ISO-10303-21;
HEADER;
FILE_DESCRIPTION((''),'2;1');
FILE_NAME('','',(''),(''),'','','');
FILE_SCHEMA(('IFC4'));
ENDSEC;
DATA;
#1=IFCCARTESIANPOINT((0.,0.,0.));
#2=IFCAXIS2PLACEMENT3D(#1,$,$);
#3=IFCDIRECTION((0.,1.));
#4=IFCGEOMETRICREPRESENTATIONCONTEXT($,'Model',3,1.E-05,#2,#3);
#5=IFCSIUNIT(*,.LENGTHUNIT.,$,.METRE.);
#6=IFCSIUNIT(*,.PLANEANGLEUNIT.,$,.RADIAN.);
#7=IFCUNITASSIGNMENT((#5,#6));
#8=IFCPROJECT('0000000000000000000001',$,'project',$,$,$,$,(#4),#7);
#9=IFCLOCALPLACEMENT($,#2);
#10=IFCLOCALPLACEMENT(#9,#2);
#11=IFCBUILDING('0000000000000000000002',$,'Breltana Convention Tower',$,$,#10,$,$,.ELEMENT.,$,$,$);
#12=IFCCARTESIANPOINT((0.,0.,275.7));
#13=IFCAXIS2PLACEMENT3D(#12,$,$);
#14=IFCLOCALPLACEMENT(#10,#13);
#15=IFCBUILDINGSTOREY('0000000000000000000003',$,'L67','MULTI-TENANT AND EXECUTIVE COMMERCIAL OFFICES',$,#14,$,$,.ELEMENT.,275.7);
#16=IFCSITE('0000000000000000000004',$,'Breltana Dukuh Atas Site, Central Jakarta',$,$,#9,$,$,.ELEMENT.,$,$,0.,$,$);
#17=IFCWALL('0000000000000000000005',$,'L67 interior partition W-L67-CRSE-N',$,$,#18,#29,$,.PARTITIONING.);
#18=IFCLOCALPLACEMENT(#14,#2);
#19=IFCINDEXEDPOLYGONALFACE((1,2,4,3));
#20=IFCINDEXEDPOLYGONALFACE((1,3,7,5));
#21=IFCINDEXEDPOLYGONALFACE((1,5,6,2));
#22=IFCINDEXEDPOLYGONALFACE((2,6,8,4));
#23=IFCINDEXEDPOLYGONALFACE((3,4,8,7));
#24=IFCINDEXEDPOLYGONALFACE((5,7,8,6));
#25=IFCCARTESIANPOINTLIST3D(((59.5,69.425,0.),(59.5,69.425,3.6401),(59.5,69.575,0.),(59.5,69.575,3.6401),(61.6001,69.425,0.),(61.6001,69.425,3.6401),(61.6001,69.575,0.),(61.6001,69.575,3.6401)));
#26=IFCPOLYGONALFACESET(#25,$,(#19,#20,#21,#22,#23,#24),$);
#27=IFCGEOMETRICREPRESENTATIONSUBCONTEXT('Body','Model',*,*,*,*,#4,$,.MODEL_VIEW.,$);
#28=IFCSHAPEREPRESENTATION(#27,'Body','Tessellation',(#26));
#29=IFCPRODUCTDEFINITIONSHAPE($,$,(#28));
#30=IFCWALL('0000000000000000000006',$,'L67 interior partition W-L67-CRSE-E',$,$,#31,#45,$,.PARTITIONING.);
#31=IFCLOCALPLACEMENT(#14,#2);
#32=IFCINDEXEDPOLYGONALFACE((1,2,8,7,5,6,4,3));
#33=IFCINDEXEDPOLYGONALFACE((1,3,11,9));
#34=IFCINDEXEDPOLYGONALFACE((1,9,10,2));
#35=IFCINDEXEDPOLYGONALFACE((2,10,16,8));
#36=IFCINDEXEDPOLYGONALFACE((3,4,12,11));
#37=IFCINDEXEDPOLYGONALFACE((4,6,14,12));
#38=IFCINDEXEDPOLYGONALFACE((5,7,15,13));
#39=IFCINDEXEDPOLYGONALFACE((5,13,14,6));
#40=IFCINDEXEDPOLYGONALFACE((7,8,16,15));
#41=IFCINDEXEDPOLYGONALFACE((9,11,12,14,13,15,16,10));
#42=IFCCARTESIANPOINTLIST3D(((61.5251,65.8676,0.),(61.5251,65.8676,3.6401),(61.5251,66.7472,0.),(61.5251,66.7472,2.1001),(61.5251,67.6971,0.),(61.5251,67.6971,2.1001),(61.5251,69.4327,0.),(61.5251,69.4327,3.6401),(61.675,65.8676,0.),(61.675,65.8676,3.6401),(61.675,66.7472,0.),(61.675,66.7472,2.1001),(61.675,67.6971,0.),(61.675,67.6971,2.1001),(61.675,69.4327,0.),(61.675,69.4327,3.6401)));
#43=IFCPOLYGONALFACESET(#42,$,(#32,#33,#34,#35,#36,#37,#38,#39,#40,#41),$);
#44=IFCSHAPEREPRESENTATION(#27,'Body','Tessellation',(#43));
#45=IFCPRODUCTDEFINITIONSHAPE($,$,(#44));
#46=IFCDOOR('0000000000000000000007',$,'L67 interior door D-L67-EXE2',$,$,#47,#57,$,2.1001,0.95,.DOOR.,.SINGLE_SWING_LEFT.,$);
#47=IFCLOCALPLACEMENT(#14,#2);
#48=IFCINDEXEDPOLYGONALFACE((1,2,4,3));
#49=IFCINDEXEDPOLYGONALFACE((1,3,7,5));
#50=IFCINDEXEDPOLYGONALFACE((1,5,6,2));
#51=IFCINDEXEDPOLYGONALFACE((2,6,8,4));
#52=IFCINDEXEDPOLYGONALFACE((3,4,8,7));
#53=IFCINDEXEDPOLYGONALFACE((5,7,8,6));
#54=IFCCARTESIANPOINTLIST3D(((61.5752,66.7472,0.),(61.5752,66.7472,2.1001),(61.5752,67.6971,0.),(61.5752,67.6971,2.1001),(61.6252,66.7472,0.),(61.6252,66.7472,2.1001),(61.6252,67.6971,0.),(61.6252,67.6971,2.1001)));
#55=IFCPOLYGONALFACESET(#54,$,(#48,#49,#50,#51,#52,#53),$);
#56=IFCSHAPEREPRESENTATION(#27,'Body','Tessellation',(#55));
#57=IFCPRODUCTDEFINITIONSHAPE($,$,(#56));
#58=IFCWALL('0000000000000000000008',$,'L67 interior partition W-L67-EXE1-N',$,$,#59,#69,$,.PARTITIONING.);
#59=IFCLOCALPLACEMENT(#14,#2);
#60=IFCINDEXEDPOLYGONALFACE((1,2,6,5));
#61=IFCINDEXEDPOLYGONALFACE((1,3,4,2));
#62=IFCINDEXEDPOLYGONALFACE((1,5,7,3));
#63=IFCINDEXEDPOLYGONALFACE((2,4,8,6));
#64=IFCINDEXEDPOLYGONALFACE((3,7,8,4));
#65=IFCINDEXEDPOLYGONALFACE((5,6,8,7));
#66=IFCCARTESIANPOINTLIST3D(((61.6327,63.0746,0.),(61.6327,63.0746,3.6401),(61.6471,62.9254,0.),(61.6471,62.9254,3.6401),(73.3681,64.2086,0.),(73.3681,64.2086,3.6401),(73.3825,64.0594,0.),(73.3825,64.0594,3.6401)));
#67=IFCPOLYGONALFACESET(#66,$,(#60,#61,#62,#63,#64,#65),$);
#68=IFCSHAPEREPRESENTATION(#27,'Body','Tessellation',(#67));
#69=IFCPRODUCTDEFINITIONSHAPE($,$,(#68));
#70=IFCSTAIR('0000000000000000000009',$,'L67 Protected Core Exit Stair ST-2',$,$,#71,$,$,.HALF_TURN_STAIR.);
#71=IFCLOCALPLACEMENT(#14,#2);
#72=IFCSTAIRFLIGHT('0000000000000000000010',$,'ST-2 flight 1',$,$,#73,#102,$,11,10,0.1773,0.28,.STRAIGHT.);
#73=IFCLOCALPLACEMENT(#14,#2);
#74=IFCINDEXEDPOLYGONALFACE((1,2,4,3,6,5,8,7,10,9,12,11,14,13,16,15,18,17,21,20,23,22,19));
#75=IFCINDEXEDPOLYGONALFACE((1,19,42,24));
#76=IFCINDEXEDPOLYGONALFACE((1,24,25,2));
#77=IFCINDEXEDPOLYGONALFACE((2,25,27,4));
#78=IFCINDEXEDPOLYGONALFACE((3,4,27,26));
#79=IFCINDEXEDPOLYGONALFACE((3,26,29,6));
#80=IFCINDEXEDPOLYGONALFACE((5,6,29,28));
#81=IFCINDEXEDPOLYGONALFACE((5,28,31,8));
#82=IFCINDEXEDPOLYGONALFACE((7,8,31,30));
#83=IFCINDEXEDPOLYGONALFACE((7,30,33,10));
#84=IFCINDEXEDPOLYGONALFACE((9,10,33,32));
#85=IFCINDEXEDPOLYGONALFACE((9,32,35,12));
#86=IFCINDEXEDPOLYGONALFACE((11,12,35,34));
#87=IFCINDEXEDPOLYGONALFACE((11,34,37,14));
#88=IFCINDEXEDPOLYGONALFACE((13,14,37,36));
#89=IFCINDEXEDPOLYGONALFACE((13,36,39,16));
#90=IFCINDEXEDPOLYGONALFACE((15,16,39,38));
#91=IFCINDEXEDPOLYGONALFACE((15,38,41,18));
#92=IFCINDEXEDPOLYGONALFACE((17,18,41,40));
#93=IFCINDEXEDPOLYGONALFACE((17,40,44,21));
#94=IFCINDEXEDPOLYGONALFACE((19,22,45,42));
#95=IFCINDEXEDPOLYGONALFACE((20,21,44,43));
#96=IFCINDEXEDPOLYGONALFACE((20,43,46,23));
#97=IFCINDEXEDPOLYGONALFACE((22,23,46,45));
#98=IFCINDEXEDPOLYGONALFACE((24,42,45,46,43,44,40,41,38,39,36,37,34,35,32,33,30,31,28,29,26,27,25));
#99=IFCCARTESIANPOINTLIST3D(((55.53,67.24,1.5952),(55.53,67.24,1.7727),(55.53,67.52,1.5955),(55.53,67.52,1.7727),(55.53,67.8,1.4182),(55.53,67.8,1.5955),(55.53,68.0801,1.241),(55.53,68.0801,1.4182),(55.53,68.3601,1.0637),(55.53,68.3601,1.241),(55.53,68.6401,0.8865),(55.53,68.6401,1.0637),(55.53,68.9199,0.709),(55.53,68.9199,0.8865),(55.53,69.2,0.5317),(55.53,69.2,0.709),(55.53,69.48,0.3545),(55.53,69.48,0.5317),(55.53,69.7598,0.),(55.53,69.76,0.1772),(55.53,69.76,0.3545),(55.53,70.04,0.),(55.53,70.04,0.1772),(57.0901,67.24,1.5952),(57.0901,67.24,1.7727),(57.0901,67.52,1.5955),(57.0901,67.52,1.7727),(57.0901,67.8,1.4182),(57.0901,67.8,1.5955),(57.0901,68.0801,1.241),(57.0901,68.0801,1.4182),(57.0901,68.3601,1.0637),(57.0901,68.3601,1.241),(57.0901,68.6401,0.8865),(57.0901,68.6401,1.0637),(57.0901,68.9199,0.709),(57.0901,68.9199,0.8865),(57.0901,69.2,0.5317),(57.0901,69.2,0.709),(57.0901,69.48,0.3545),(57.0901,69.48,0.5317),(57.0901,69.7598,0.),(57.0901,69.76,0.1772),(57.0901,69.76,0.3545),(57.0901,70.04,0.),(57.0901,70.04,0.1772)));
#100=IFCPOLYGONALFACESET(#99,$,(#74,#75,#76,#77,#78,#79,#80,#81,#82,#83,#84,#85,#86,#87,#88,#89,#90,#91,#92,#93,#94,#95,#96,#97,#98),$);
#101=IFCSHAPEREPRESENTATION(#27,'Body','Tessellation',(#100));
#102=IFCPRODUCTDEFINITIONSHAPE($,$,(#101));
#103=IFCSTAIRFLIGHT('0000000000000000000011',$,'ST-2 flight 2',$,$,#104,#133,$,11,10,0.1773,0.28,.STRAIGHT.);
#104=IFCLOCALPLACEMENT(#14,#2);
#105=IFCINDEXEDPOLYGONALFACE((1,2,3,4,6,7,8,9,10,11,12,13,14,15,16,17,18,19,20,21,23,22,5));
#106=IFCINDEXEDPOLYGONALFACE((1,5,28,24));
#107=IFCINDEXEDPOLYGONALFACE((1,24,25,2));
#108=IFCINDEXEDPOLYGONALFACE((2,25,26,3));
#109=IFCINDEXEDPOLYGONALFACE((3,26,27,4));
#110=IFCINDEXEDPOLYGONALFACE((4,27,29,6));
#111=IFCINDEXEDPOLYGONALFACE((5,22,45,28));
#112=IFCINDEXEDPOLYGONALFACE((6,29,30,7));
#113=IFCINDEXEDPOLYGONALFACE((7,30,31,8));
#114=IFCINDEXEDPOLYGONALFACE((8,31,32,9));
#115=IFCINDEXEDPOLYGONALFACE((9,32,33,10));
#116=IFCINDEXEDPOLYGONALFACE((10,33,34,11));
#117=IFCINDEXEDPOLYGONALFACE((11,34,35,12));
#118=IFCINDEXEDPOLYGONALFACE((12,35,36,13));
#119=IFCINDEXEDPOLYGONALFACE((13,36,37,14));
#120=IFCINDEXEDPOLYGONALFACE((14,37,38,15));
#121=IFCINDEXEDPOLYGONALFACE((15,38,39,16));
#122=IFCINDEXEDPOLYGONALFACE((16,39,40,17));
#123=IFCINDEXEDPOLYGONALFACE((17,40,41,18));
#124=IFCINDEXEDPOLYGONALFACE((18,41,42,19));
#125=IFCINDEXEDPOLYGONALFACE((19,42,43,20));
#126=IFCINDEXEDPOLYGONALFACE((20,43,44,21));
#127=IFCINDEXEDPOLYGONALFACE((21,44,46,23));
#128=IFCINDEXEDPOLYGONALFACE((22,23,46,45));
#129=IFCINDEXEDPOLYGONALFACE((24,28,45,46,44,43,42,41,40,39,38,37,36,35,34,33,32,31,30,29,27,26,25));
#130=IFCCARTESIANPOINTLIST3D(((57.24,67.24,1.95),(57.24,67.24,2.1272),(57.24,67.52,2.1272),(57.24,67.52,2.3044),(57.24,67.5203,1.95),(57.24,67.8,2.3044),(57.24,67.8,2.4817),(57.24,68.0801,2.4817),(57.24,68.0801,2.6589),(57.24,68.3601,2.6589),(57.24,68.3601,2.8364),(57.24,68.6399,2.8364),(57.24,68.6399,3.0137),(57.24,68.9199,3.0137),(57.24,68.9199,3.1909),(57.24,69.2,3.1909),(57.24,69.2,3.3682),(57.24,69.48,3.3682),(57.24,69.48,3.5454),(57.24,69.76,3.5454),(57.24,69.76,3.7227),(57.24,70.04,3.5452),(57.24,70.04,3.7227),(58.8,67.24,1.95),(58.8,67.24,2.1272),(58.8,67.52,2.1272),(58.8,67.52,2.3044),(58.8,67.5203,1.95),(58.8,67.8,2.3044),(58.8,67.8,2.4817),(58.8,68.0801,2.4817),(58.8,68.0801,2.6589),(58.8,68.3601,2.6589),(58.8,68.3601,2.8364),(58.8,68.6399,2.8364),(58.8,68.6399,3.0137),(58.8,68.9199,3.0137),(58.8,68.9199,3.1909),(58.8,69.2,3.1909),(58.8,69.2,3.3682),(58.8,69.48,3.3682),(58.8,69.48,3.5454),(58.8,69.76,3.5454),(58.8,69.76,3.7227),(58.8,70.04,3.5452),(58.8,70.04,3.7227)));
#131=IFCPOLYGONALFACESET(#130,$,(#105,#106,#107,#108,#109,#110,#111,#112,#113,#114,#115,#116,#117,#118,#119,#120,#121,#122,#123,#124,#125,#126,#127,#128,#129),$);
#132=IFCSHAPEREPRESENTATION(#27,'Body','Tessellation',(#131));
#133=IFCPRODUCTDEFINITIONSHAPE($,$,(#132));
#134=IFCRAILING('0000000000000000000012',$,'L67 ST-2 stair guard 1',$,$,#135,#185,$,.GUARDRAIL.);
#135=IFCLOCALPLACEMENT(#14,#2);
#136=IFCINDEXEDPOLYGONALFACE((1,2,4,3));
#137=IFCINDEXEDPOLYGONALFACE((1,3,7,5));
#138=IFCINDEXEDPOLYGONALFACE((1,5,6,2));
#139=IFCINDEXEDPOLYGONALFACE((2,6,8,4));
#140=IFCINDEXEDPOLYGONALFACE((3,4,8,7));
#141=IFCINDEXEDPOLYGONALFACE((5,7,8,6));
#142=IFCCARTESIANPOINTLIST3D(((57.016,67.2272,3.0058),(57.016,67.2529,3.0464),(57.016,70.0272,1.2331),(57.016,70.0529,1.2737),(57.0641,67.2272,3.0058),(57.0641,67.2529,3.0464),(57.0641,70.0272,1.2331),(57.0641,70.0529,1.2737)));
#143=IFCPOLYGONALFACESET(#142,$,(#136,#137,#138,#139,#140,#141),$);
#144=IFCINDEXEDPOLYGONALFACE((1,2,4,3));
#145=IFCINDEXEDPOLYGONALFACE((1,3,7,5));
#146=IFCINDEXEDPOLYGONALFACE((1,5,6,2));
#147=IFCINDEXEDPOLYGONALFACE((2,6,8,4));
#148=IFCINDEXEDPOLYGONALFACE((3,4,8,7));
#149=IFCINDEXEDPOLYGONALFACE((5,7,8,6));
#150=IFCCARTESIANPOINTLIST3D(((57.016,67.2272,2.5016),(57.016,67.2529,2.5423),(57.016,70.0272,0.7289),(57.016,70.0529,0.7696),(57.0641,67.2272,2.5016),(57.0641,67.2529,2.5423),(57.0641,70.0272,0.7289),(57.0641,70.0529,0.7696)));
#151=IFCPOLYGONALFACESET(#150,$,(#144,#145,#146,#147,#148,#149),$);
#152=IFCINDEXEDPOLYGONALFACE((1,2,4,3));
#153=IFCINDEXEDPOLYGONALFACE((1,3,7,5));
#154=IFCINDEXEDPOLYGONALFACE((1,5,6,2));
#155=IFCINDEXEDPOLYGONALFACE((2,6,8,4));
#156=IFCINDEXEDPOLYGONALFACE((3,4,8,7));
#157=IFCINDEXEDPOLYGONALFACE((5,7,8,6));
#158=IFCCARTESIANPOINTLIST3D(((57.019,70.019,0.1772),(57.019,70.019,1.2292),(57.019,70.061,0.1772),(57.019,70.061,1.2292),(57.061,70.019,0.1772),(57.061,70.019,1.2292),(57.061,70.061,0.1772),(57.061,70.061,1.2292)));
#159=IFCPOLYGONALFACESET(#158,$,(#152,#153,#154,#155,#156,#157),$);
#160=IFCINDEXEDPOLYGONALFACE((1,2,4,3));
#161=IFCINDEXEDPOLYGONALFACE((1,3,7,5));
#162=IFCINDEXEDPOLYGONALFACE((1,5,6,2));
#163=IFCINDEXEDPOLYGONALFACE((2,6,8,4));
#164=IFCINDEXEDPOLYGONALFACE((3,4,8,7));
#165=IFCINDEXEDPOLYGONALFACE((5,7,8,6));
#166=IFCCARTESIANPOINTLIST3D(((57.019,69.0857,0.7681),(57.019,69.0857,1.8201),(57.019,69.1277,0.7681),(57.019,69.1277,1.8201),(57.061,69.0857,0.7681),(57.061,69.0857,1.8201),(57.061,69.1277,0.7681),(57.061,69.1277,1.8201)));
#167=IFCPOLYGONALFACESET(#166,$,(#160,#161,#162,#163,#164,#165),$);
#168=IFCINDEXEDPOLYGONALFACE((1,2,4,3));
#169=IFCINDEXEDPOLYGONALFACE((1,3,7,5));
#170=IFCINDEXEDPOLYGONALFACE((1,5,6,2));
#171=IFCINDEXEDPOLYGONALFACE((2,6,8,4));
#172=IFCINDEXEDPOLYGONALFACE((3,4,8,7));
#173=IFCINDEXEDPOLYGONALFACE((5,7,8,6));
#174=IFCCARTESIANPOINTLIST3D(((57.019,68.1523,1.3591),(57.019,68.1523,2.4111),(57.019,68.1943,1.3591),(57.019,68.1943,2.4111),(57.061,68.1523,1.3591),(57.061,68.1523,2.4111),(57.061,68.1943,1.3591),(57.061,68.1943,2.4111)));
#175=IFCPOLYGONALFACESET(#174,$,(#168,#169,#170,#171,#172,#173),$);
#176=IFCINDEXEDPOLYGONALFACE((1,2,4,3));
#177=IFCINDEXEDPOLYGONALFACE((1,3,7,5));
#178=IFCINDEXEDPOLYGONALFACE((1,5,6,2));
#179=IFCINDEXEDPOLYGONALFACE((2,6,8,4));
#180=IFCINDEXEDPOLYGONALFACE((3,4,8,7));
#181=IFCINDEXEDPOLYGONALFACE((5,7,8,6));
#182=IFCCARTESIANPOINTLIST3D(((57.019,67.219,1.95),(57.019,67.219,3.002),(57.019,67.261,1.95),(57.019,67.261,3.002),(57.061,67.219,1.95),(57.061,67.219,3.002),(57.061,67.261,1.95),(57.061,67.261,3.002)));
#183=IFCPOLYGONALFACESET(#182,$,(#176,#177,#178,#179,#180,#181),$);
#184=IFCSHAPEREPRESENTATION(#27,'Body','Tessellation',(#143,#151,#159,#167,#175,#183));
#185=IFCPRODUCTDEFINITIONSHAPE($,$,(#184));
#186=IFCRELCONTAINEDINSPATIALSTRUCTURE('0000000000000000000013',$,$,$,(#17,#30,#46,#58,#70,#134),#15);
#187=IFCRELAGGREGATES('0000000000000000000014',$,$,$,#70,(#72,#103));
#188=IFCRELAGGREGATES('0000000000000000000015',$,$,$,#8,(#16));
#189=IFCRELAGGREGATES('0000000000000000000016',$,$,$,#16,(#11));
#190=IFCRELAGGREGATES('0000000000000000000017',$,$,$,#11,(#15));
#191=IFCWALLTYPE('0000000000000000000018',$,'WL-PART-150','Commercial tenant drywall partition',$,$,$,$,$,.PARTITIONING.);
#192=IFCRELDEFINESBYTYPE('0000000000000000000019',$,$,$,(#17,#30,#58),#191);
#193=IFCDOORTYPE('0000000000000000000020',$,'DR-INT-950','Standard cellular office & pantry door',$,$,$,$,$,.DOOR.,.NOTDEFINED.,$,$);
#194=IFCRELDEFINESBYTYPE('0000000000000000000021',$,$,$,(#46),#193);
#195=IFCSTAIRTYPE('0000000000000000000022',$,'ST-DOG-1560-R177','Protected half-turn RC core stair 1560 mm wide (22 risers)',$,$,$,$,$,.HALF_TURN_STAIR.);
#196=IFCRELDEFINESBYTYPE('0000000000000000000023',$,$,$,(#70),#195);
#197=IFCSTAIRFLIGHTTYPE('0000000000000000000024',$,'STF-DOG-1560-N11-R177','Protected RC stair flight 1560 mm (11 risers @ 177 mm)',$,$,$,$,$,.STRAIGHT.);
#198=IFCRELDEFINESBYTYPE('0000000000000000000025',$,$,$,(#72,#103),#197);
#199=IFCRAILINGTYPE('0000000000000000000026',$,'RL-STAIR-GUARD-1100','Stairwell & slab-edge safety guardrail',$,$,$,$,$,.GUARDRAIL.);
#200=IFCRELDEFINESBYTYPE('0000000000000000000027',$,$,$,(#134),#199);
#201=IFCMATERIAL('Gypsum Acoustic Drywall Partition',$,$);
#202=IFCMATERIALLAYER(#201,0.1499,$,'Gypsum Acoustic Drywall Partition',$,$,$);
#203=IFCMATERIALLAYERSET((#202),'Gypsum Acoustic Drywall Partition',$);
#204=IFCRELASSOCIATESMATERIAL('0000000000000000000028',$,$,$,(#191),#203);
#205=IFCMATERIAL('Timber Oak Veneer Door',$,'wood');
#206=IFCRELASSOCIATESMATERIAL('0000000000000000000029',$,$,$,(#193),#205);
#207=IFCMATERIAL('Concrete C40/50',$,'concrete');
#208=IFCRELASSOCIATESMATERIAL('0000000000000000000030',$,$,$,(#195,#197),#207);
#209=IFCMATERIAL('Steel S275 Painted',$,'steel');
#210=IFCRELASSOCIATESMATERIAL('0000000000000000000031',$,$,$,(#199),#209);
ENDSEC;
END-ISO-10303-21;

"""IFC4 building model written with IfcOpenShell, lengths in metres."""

from ifc_helpers import new_model, si_unit, direction, frame, frame_2d, origin, origin_2d, place, context, subcontext, project, spatial, polyline, rectangle, outline, extrude, source, transform, mapped, material, layer, layer_set, type_object, type_shapes, element, fill, aggregate, save


model = new_model("IFC4")

# Units and contexts
model_context = context("Model", 3, precision=1e-05, world=origin(), true_north=direction((0.0, 1.0)))
body_context = subcontext(model_context, "Body", "Model", "MODEL_VIEW")
ifc_project = project(units=[si_unit("LENGTHUNIT", "METRE"), si_unit("PLANEANGLEUNIT", "RADIAN")], contexts=[model_context])

# Site, building, storey
site_placement = place(None, origin())
site = spatial("IfcSite", under=ifc_project, at=site_placement, Name="Breltana Dukuh Atas Site, Central Jakarta", CompositionType="ELEMENT", RefElevation=0.0)
building_placement = place(site_placement, origin())
building = spatial("IfcBuilding", under=site, at=building_placement, Name="Breltana Convention Tower", CompositionType="ELEMENT")
storey_placement = place(building_placement, frame((0.0, 0.0, 275.7)))
storey = spatial("IfcBuildingStorey", under=building, at=storey_placement, Name="L67", Description="MULTI-TENANT AND EXECUTIVE COMMERCIAL OFFICES", CompositionType="ELEMENT", Elevation=275.7)

# Shared definitions
ifc_material_1 = material(Name="Gypsum Acoustic Drywall Partition")
ifc_layer_1 = layer(ifc_material_1, 0.1499, Name="Gypsum Acoustic Drywall Partition")
ifc_layer_set_1 = layer_set([ifc_layer_1], Name="Gypsum Acoustic Drywall Partition")
wall_type_1 = type_object("IfcWallType", Name="WL-PART-150", Description="Commercial tenant drywall partition", PredefinedType="PARTITIONING", material=ifc_layer_set_1)
shared_shape_1 = source(origin(), body_context, "Body", "SweptSolid", [
    extrude(rectangle(XDim=2.1001, YDim=0.1499, at=frame_2d((1.05, 0.0))), origin(), (0.0, 0.0, 1.0), 3.6401),
])

# Wall
wall_1_placement = place(storey_placement, frame((59.5, 69.5, 0.0), z_axis=(0.0, 0.0, 1.0), x_axis=(1.0, 0.0, 0.0)))
element("IfcWall", 1, at=wall_1_placement, inside=storey, type_object=wall_type_1, Name="L67 interior partition W-L67-CRSE-N", PredefinedType="PARTITIONING", context=body_context, shape_type="MappedRepresentation", body=[
    mapped(shared_shape_1, transform((0.0, 0.0, 0.0), scale=1.0)),
])

# Wall, opening, door
shared_shape_2 = source(origin(), body_context, "Body", "SweptSolid", [
    extrude(rectangle(XDim=3.5652, YDim=0.1499, at=frame_2d((1.7827, 0.0))), origin(), (0.0, 0.0, 1.0), 3.6401),
])
wall_2_placement = place(storey_placement, frame((61.6001, 65.8674, 0.0), z_axis=(0.0, 0.0, 1.0), x_axis=(0.0, 1.0, 0.0)))
wall_2 = element("IfcWall", 2, at=wall_2_placement, inside=storey, type_object=wall_type_1, Name="L67 interior partition W-L67-CRSE-E", PredefinedType="PARTITIONING", context=body_context, shape_type="MappedRepresentation", body=[
    mapped(shared_shape_2, transform((0.0, 0.0, 0.0), scale=1.0)),
])
opening_1_placement = place(wall_2_placement, frame((0.8796, 0.0, 0.0)))
opening_1 = element("IfcOpeningElement", 3, at=opening_1_placement, cuts=wall_2, PredefinedType="OPENING", context=body_context, shape_type="SweptSolid", body=[
    extrude(rectangle(XDim=0.95, YDim=2.1001, at=frame_2d((0.4751, 1.05))), frame((0.0, 0.085, 0.0), z_axis=(0.0, -1.0, 0.0), x_axis=(1.0, 0.0, 0.0)), (0.0, 0.0, 1.0), 0.1699),
])
ifc_material_2 = material(Name="Timber Oak Veneer Door", Category="wood")
door_type_1 = type_object("IfcDoorType", Name="DR-INT-950", Description="Standard cellular office & pantry door", OperationType="NOTDEFINED", PredefinedType="DOOR", material=ifc_material_2)
shared_shape_3 = source(origin(), body_context, "Body", "SweptSolid", [
    extrude(rectangle(XDim=0.95, YDim=2.1001, at=frame_2d((0.4751, 1.05))), frame((0.0, 0.0249, 0.0), z_axis=(0.0, -1.0, 0.0), x_axis=(1.0, 0.0, 0.0)), (0.0, 0.0, 1.0), 0.05),
])
type_shapes(door_type_1, [shared_shape_3])
door_1_placement = place(opening_1_placement, origin())
door_1 = element("IfcDoor", 4, at=door_1_placement, inside=storey, type_object=door_type_1, Name="L67 interior door D-L67-EXE2", OperationType="SINGLE_SWING_LEFT", OverallHeight=2.1001, OverallWidth=0.95, PredefinedType="DOOR", context=body_context, shape_type="MappedRepresentation", body=[
    mapped(shared_shape_3, transform((0.0, 0.0, 0.0), scale=1.0)),
])
fill(opening_1, door_1)

# Wall
shared_shape_4 = source(origin(), body_context, "Body", "SweptSolid", [
    extrude(rectangle(XDim=11.79, YDim=0.1499, at=frame_2d((5.895, 0.0))), origin(), (0.0, 0.0, 1.0), 3.6401),
])
wall_3_placement = place(storey_placement, frame((61.6399, 63.0, 0.0), z_axis=(0.0, 0.0, 1.0), x_axis=(0.995363, 0.096186, 0.0)))
element("IfcWall", 5, at=wall_3_placement, inside=storey, type_object=wall_type_1, Name="L67 interior partition W-L67-EXE1-N", PredefinedType="PARTITIONING", context=body_context, shape_type="MappedRepresentation", body=[
    mapped(shared_shape_4, transform((0.0, 0.0, 0.0), scale=1.0)),
])

# Stair, stair flights
ifc_material_3 = material(Name="Concrete C40/50", Category="concrete")
stair_type = type_object("IfcStairType", Name="ST-DOG-1560-R177", Description="Protected half-turn RC core stair 1560 mm wide (22 risers)", PredefinedType="HALF_TURN_STAIR", material=ifc_material_3)
stair_placement = place(storey_placement, origin())
stair = element("IfcStair", 6, at=stair_placement, inside=storey, type_object=stair_type, Name="L67 Protected Core Exit Stair ST-2", PredefinedType="HALF_TURN_STAIR")
stair_flight_type = type_object("IfcStairFlightType", Name="STF-DOG-1560-N11-R177", Description="Protected RC stair flight 1560 mm (11 risers @ 177 mm)", PredefinedType="STRAIGHT", material=ifc_material_3)
stair_flight_1_placement = place(storey_placement, frame((56.3101, 70.04, 0.0), z_axis=(0.0, 0.0, 1.0), x_axis=(0.0, -1.0, 0.0)))
stair_flight_1 = element("IfcStairFlight", 7, at=stair_flight_1_placement, type_object=stair_flight_type, Name="ST-2 flight 1", NumberOfRisers=11, NumberOfTreads=10, PredefinedType="STRAIGHT", RiserHeight=0.1773, TreadLength=0.28, context=body_context, shape_type="SweptSolid", body=[
    extrude(outline(polyline([(0.0, 0.0), (0.0, 0.1772), (0.28, 0.1772), (0.28, 0.3545), (0.5601, 0.3545), (0.5601, 0.5317), (0.8401, 0.5317), (0.8401, 0.709), (1.1201, 0.709), (1.1201, 0.8865), (1.3999, 0.8865), (1.3999, 1.0637), (1.6799, 1.0637), (1.6799, 1.241), (1.96, 1.241), (1.96, 1.4182), (2.24, 1.4182), (2.24, 1.5955), (2.52, 1.5955), (2.52, 1.7727), (2.8, 1.7727), (2.8, 1.95), (2.8, 1.5952), (0.2803, 0.0), (0.0, 0.0)])), frame((0.0, 0.78, 0.0), z_axis=(0.0, -1.0, 0.0), x_axis=(1.0, 0.0, 0.0)), (0.0, 0.0, 1.0), 1.5601),
])
stair_flight_2_placement = place(storey_placement, frame((58.02, 67.24, 1.95), z_axis=(0.0, 0.0, 1.0), x_axis=(0.0, 1.0, 0.0)))
stair_flight_2 = element("IfcStairFlight", 8, at=stair_flight_2_placement, type_object=stair_flight_type, Name="ST-2 flight 2", NumberOfRisers=11, NumberOfTreads=10, PredefinedType="STRAIGHT", RiserHeight=0.1773, TreadLength=0.28, context=body_context, shape_type="SweptSolid", body=[
    extrude(outline(polyline([(0.0, 0.0), (0.0, 0.1772), (0.28, 0.1772), (0.28, 0.3545), (0.5601, 0.3545), (0.5601, 0.5317), (0.8401, 0.5317), (0.8401, 0.709), (1.1201, 0.709), (1.1201, 0.8865), (1.3999, 0.8865), (1.3999, 1.0637), (1.6799, 1.0637), (1.6799, 1.241), (1.96, 1.241), (1.96, 1.4182), (2.24, 1.4182), (2.24, 1.5955), (2.52, 1.5955), (2.52, 1.7727), (2.8, 1.7727), (2.8, 1.95), (2.8, 1.5952), (0.2803, 0.0), (0.0, 0.0)])), frame((0.0, 0.78, 0.0), z_axis=(0.0, -1.0, 0.0), x_axis=(1.0, 0.0, 0.0)), (0.0, 0.0, 1.0), 1.5601),
])
aggregate(stair, [stair_flight_1, stair_flight_2])

# Railing
ifc_material_4 = material(Name="Steel S275 Painted", Category="steel")
railing_type_1 = type_object("IfcRailingType", Name="RL-STAIR-GUARD-1100", Description="Stairwell & slab-edge safety guardrail", PredefinedType="GUARDRAIL", material=ifc_material_4)
railing_1_placement = place(storey_placement, frame((57.04, 70.04, 0.1772)))
element("IfcRailing", 9, at=railing_1_placement, inside=storey, type_object=railing_type_1, Name="L67 ST-2 stair guard 1", PredefinedType="GUARDRAIL", context=body_context, shape_type="SweptSolid", body=[
    extrude(rectangle(XDim=0.0481, YDim=0.0481, at=origin_2d()), frame((0.0, 0.0, 1.0762), z_axis=(0.0, -0.844909, 0.53491), x_axis=(1.0, 0.0, 0.0)), (0.0, 0.0, 1.0), 3.314),
    extrude(rectangle(XDim=0.0481, YDim=0.0481, at=origin_2d()), frame((0.0, 0.0, 0.572), z_axis=(0.0, -0.844909, 0.53491), x_axis=(1.0, 0.0, 0.0)), (0.0, 0.0, 1.0), 3.314),
    extrude(rectangle(XDim=0.042, YDim=0.042, at=origin_2d()), origin(), (0.0, 0.0, 1.0), 1.052),
    extrude(rectangle(XDim=0.042, YDim=0.042, at=origin_2d()), frame((0.0, -0.9333, 0.5908)), (0.0, 0.0, 1.0), 1.052),
    extrude(rectangle(XDim=0.042, YDim=0.042, at=origin_2d()), frame((0.0, -1.8667, 1.1819)), (0.0, 0.0, 1.0), 1.052),
    extrude(rectangle(XDim=0.042, YDim=0.042, at=origin_2d()), frame((0.0, -2.8, 1.7727)), (0.0, 0.0, 1.0), 1.052),
])

save(model, "model.ifc")
